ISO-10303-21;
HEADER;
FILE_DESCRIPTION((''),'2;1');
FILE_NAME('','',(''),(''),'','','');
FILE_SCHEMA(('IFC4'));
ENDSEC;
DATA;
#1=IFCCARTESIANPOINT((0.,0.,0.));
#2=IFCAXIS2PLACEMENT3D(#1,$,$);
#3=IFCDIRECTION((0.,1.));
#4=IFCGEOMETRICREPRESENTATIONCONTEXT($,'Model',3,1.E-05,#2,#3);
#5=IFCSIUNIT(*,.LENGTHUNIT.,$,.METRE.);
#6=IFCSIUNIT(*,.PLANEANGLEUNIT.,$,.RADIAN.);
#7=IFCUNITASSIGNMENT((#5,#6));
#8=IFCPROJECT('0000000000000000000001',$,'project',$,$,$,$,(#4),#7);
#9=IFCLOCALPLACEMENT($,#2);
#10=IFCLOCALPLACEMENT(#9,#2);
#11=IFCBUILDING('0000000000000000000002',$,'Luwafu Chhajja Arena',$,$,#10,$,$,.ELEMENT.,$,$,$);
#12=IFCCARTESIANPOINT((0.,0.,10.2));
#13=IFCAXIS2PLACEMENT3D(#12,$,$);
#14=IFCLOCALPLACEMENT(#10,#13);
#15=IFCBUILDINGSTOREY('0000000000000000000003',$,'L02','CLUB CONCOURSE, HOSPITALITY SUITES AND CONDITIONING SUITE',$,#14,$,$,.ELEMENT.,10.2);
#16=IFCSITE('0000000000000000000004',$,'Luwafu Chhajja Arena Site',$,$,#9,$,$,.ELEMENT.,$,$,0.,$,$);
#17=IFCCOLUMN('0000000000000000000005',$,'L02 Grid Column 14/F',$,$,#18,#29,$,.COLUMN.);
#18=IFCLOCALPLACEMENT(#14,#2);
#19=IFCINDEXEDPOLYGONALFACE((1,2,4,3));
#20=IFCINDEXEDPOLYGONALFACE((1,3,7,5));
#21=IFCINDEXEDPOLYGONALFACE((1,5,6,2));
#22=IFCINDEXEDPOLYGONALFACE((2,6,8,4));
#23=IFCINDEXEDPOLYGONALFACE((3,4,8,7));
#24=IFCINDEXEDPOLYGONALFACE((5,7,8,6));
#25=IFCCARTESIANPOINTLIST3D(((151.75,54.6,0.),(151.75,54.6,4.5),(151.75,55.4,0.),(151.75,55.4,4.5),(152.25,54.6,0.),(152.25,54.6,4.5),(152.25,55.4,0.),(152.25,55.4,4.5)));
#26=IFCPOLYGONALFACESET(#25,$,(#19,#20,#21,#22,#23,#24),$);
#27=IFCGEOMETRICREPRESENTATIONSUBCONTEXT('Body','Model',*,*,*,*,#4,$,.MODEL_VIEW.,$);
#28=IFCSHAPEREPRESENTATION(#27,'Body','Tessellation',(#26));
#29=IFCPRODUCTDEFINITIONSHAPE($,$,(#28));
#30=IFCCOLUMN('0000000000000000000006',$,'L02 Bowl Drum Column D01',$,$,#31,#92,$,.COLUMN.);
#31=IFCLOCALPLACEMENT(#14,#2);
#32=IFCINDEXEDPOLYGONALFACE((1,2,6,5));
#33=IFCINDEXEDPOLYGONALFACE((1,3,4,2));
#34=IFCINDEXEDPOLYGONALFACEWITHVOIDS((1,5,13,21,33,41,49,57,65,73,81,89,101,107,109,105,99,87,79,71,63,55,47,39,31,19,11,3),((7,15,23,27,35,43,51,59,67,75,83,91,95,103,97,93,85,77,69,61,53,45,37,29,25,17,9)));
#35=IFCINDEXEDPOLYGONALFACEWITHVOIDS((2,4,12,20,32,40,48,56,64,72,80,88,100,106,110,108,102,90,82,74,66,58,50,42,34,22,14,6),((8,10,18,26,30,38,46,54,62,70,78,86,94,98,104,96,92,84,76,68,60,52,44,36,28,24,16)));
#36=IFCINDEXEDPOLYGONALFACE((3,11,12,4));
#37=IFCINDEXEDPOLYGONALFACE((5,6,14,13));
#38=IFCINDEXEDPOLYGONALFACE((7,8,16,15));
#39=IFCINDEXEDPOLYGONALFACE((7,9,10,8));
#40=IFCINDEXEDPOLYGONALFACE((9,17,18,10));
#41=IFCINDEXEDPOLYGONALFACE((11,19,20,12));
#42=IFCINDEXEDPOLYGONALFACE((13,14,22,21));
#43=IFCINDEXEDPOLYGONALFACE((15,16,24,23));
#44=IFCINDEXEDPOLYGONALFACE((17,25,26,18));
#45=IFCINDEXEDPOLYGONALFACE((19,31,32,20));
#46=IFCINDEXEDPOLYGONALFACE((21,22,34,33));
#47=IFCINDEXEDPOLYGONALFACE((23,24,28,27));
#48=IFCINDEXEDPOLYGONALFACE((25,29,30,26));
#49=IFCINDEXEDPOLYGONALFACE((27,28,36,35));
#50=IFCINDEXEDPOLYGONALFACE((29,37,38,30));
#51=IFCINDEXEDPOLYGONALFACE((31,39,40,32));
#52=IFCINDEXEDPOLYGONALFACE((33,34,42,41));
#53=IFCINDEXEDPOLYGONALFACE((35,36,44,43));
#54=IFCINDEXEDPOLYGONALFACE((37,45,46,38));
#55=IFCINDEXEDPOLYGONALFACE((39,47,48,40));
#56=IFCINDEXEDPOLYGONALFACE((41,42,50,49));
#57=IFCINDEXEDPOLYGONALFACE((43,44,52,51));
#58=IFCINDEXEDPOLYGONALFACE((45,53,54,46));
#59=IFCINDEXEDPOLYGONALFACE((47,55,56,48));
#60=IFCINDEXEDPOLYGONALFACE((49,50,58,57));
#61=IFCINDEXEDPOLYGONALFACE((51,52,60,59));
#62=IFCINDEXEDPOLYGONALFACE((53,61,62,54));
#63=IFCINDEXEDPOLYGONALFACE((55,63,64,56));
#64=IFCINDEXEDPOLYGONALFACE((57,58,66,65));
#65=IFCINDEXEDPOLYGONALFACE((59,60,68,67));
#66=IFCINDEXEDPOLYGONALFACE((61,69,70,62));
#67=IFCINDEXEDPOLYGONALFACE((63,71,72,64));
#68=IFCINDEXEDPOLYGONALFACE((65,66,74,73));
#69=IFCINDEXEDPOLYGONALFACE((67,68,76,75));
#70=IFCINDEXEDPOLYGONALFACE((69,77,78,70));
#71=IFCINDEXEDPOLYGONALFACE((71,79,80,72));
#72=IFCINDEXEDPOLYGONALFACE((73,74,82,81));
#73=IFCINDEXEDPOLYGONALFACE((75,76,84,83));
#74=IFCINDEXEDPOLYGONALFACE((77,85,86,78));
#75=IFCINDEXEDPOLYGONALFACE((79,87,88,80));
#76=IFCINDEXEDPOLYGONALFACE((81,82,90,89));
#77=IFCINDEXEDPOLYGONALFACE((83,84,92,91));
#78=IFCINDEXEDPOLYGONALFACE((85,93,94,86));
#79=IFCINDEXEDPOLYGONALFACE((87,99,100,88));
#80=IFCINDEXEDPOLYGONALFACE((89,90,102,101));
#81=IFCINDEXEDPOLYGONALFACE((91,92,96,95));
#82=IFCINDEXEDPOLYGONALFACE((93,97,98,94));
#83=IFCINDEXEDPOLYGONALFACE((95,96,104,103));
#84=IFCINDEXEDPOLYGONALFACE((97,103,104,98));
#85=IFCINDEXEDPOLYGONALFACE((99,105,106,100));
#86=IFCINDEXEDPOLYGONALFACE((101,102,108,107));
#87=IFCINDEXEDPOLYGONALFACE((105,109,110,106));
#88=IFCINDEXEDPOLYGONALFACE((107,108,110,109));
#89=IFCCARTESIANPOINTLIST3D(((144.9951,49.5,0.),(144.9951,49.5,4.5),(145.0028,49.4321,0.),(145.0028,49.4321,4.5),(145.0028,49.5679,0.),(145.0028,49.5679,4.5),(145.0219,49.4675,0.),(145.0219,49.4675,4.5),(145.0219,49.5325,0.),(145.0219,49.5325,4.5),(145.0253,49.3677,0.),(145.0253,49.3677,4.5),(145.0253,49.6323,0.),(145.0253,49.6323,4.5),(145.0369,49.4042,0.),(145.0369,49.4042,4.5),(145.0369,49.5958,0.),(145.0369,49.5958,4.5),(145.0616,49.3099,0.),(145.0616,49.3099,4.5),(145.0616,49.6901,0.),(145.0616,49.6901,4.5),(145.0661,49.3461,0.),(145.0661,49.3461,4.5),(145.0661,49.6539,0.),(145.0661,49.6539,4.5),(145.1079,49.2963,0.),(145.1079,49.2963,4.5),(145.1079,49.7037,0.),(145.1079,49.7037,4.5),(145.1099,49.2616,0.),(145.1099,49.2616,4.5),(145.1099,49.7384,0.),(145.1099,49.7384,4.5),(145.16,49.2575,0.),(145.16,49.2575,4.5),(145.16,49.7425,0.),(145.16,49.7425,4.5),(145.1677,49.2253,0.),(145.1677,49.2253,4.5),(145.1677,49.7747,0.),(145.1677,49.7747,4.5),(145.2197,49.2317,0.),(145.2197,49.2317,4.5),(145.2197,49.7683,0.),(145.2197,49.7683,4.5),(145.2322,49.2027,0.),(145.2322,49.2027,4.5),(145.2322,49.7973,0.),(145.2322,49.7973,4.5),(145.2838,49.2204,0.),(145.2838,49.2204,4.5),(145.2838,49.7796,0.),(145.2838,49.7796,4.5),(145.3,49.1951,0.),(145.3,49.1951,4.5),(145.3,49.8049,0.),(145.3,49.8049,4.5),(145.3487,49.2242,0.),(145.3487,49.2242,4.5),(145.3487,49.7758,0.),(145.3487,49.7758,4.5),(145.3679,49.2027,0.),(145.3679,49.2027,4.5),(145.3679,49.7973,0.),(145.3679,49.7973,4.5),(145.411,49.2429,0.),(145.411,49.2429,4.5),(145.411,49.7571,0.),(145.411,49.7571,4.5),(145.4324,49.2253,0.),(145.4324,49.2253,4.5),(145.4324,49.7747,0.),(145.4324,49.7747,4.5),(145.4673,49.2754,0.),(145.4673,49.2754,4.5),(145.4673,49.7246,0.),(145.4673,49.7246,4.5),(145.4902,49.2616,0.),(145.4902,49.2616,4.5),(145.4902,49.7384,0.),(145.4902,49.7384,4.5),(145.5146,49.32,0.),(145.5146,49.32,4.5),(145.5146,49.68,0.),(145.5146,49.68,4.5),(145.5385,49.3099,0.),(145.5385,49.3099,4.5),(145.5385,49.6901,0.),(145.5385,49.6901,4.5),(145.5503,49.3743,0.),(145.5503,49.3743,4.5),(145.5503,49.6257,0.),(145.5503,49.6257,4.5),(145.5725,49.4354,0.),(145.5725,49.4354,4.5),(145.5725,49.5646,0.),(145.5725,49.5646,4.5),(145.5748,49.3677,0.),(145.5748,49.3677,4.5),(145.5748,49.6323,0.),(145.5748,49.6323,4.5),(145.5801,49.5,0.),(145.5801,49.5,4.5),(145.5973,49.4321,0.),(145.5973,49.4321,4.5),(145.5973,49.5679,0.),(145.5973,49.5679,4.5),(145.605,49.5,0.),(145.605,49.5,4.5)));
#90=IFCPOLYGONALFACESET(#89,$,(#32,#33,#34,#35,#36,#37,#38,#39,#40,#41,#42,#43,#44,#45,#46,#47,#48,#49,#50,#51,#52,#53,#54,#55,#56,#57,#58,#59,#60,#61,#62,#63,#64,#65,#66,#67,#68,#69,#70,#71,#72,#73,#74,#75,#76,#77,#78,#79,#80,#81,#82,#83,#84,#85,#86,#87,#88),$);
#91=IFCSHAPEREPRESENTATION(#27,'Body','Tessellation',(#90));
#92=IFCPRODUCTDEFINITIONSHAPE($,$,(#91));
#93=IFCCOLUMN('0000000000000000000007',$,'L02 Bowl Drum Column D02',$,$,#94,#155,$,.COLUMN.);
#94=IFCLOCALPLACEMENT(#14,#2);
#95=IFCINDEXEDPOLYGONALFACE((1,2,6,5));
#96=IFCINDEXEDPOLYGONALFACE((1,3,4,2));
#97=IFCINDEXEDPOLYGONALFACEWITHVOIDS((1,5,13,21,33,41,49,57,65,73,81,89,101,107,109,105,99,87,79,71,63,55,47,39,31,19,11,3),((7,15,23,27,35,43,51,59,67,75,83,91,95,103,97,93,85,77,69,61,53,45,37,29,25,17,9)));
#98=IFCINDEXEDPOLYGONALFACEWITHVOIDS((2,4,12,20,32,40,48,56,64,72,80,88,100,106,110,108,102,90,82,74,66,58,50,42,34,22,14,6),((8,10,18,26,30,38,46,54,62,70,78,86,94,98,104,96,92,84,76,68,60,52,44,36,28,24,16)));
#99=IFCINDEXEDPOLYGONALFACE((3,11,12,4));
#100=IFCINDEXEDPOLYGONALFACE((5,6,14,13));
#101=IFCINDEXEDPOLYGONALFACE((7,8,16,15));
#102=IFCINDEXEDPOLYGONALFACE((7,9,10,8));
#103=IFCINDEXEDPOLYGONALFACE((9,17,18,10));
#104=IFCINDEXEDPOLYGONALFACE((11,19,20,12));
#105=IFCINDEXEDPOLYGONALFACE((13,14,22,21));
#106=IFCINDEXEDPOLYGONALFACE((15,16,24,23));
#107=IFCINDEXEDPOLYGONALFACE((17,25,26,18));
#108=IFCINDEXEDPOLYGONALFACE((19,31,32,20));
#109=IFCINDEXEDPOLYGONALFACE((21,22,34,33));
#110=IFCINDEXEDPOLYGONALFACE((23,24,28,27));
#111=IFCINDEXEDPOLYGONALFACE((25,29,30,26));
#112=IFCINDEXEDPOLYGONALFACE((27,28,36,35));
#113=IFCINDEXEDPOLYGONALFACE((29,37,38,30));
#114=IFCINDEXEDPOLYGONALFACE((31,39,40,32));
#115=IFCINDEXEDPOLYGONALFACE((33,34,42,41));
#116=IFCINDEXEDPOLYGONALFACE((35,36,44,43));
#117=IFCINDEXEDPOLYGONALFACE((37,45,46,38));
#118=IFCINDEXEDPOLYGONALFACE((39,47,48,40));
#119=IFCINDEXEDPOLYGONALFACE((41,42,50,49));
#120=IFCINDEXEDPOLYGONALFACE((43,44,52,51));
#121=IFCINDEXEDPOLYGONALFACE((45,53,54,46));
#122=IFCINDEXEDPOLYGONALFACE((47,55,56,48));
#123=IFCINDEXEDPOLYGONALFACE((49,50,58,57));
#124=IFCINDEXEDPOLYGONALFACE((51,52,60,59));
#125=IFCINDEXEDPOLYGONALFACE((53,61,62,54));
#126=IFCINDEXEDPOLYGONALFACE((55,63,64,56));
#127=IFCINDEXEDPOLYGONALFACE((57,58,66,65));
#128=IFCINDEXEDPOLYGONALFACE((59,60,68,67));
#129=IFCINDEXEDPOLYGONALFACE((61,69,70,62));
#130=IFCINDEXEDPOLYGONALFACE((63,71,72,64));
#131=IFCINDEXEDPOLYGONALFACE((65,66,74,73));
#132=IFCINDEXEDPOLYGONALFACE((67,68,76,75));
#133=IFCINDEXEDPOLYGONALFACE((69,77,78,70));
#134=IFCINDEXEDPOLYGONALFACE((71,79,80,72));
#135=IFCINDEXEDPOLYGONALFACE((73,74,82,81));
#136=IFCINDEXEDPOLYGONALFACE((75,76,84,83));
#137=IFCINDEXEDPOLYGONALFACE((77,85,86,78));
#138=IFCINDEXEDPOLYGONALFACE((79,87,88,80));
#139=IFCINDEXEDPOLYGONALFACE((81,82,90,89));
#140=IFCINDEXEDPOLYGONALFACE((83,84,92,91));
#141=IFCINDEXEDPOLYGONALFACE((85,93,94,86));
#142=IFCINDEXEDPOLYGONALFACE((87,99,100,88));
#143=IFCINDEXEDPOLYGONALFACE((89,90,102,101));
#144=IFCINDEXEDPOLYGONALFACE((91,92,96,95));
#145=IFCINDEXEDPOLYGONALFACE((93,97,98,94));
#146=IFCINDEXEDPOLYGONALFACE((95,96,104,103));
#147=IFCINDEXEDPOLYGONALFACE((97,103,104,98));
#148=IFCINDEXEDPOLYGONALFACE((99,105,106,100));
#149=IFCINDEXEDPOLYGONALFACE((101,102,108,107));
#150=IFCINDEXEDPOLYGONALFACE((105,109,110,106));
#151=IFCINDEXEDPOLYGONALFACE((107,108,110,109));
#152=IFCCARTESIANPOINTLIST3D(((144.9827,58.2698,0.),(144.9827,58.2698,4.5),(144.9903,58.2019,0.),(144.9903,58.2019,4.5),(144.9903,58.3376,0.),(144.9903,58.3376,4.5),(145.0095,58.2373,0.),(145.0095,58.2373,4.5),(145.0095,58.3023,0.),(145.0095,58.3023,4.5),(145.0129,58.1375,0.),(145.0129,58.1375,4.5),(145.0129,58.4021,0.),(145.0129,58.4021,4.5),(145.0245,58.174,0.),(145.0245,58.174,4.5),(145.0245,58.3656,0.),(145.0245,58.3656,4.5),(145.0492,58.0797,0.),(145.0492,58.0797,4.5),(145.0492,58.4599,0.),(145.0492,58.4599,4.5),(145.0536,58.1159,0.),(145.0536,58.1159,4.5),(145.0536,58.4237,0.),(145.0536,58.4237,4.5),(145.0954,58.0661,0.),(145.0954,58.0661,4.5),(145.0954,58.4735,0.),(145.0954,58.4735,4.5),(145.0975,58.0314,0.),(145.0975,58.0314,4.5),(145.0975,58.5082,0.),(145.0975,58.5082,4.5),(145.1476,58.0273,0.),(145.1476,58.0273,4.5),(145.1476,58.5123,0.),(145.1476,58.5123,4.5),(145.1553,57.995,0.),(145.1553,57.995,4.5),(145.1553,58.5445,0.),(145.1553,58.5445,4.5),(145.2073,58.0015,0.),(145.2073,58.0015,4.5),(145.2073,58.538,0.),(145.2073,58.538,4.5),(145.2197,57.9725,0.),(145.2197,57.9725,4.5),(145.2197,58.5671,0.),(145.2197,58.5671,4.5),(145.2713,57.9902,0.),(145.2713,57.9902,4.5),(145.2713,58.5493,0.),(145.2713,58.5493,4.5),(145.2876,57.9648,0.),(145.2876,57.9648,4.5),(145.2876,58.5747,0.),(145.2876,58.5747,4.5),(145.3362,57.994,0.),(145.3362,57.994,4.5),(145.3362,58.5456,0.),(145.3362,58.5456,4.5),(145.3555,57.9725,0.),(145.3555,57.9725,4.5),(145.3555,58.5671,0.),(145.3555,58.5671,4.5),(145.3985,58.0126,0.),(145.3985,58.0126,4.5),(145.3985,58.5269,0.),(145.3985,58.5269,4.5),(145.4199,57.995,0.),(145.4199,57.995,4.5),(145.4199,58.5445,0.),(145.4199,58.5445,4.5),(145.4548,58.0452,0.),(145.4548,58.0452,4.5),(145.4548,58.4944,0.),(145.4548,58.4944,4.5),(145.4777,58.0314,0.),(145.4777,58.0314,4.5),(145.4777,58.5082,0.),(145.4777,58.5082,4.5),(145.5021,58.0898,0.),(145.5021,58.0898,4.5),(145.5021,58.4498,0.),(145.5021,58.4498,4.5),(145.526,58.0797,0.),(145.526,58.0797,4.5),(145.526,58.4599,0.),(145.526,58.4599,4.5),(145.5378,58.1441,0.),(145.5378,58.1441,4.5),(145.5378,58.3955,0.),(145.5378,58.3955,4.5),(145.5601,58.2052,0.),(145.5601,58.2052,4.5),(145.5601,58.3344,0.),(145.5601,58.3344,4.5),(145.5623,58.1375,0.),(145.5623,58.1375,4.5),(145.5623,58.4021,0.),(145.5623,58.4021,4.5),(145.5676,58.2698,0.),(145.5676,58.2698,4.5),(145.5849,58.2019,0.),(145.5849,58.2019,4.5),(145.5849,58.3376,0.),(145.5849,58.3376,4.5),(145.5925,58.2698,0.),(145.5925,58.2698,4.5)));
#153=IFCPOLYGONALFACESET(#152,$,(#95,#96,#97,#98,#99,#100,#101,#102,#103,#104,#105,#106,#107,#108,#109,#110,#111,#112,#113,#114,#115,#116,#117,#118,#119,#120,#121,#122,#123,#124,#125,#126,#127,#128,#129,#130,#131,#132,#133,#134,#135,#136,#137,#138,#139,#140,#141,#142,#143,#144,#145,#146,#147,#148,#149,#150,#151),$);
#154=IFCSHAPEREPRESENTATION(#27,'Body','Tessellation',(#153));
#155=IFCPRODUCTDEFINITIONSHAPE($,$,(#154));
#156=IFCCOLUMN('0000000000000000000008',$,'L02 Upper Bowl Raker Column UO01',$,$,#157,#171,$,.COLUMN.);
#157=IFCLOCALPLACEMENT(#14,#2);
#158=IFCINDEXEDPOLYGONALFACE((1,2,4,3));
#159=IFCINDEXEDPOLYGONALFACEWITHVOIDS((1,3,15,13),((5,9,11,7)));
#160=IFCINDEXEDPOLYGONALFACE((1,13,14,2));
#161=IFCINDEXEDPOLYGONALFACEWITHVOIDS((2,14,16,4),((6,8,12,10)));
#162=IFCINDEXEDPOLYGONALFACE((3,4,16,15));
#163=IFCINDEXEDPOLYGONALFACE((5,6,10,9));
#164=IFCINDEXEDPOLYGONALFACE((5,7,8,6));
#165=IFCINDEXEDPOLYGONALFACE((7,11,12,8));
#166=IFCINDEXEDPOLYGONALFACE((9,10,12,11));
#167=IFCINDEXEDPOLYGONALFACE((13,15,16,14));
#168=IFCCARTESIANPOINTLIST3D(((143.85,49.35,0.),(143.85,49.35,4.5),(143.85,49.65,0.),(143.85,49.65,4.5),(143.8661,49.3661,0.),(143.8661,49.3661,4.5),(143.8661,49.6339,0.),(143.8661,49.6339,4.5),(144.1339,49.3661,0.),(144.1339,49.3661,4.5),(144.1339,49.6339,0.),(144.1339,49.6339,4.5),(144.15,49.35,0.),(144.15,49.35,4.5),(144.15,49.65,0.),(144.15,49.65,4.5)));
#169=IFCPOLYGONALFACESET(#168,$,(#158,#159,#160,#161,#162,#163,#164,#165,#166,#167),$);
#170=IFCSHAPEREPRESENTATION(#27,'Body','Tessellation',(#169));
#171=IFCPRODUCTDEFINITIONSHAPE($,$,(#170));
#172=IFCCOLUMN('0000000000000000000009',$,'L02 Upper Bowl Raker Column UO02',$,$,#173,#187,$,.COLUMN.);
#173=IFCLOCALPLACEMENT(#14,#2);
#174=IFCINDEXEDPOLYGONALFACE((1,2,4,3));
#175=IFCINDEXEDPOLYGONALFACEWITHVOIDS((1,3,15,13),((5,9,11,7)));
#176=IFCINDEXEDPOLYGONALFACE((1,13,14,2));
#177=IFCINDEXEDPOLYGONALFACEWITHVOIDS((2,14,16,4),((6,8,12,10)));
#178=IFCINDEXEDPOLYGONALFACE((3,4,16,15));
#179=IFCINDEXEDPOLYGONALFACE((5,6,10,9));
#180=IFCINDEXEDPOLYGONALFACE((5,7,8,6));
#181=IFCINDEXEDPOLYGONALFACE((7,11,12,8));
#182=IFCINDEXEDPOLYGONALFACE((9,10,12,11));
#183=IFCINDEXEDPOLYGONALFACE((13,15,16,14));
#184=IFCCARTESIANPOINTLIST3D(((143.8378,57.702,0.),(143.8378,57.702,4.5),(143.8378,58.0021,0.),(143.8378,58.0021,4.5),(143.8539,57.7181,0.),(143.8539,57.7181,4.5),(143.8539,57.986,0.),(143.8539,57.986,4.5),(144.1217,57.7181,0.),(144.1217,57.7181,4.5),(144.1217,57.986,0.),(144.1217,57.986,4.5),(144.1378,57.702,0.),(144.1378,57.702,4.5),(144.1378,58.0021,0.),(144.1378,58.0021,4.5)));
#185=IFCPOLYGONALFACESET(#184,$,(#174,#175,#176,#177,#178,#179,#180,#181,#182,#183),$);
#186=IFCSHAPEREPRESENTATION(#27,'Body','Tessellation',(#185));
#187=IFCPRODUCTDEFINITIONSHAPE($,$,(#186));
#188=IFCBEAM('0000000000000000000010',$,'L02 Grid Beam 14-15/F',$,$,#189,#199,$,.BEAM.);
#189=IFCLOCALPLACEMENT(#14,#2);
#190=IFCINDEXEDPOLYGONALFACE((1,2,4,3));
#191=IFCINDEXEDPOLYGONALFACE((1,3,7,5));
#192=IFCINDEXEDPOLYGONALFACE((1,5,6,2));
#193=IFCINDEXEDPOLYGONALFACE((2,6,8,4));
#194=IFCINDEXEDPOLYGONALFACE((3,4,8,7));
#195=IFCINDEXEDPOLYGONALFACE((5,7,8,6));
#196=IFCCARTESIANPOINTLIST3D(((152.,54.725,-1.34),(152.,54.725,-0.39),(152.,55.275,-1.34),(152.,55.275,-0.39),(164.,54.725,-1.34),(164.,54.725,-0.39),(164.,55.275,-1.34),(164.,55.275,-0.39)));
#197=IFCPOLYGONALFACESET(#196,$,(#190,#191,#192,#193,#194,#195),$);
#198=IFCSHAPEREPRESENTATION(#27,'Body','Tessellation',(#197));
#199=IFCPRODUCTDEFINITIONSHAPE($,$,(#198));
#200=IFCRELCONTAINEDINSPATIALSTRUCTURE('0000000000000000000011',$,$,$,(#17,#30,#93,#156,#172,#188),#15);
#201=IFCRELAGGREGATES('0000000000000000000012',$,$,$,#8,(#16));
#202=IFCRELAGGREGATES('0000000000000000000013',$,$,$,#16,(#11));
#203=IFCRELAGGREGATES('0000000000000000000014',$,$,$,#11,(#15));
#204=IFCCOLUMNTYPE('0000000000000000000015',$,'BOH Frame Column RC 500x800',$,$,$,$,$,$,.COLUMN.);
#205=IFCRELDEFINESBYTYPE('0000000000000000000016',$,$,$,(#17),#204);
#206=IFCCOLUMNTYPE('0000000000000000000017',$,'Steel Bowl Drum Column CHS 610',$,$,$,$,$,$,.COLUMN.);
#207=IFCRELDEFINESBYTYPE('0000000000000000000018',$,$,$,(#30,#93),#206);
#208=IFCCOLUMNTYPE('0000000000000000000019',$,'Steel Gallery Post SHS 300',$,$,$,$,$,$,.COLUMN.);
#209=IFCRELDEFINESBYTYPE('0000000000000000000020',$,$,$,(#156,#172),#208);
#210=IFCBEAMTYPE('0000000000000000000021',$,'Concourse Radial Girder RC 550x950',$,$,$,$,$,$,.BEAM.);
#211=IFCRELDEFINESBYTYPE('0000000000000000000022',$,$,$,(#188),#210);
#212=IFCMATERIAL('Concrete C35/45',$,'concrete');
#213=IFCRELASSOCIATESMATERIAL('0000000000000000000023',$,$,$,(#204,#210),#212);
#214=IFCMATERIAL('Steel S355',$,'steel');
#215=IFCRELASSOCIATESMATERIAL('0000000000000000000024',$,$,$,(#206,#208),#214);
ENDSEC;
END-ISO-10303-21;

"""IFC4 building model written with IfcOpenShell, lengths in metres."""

from ifc_helpers import new_model, si_unit, direction, frame, origin, origin_2d, place, context, subcontext, project, spatial, rectangle, hollow_rectangle, hollow_circle, extrude, material, material_profile, profile_set, type_object, element, save


model = new_model("IFC4")

# Units and contexts
model_context = context("Model", 3, precision=1e-05, world=origin(), true_north=direction((0.0, 1.0)))
body_context = subcontext(model_context, "Body", "Model", "MODEL_VIEW")
ifc_project = project(units=[si_unit("LENGTHUNIT", "METRE"), si_unit("PLANEANGLEUNIT", "RADIAN")], contexts=[model_context])

# Site, building, storey
site_placement = place(None, origin())
site = spatial("IfcSite", under=ifc_project, at=site_placement, Name="Luwafu Chhajja Arena Site", CompositionType="ELEMENT", RefElevation=0.0)
building_placement = place(site_placement, origin())
building = spatial("IfcBuilding", under=site, at=building_placement, Name="Luwafu Chhajja Arena", CompositionType="ELEMENT")
storey_placement = place(building_placement, frame((0.0, 0.0, 10.2)))
storey = spatial("IfcBuildingStorey", under=building, at=storey_placement, Name="L02", Description="CLUB CONCOURSE, HOSPITALITY SUITES AND CONDITIONING SUITE", CompositionType="ELEMENT", Elevation=10.2)

# Columns
ifc_material_1 = material(Name="Concrete C35/45", Category="concrete")
ifc_material_profile_1 = material_profile(ifc_material_1, rectangle(XDim=0.5, YDim=0.8, at=origin_2d()), Name="RC 500x800")
ifc_profile_set_1 = profile_set([ifc_material_profile_1], Name="Concrete C35/45")
column_type_1 = type_object("IfcColumnType", Name="BOH Frame Column RC 500x800", PredefinedType="COLUMN", material=ifc_profile_set_1)
column_placement = place(storey_placement, frame((152.0, 55.0, 0.0), z_axis=(0.0, 0.0, 1.0), x_axis=(1.0, 0.0, 0.0)))
element("IfcColumn", 1, at=column_placement, inside=storey, type_object=column_type_1, Name="L02 Grid Column 14/F", PredefinedType="COLUMN", context=body_context, shape_type="SweptSolid", body=[
    extrude(rectangle(XDim=0.5, YDim=0.8, at=origin_2d()), origin(), (0.0, 0.0, 1.0), 4.5),
])
ifc_material_2 = material(Name="Steel S355", Category="steel")
ifc_material_profile_2 = material_profile(ifc_material_2, hollow_circle(Radius=0.3049, WallThickness=0.0249, at=origin_2d()), Name="CHS 610x25")
ifc_profile_set_2 = profile_set([ifc_material_profile_2], Name="Steel S355")
column_type_2 = type_object("IfcColumnType", Name="Steel Bowl Drum Column CHS 610", PredefinedType="COLUMN", material=ifc_profile_set_2)
for number, where, z_axis, x_axis, name in (
    (2, (145.3, 49.5, 0.0), (0.0, 0.0, 1.0), (1.0, 0.0, 0.0), "L02 Bowl Drum Column D01"),
    (3, (145.2876, 58.2698, 0.0), (0.0, 0.0, 1.0), (1.0, 0.0, 0.0), "L02 Bowl Drum Column D02"),
):
    element("IfcColumn", number, at=place(storey_placement, frame(where, z_axis=z_axis, x_axis=x_axis)), inside=storey, type_object=column_type_2, Name=name, PredefinedType="COLUMN", context=body_context, shape_type="SweptSolid", body=[
        extrude(hollow_circle(Radius=0.3049, WallThickness=0.0249, at=origin_2d()), origin(), (0.0, 0.0, 1.0), 4.5),
    ])
ifc_material_profile_3 = material_profile(ifc_material_2, hollow_rectangle(XDim=0.3, YDim=0.3, WallThickness=0.0161, at=origin_2d()), Name="SHS 300x300x16")
ifc_profile_set_3 = profile_set([ifc_material_profile_3], Name="Steel S355")
column_type_3 = type_object("IfcColumnType", Name="Steel Gallery Post SHS 300", PredefinedType="COLUMN", material=ifc_profile_set_3)
for number, where, z_axis, x_axis, name in (
    (4, (144.0, 49.5, 0.0), (0.0, 0.0, 1.0), (1.0, 0.0, 0.0), "L02 Upper Bowl Raker Column UO01"),
    (5, (143.9878, 57.8521, 0.0), (0.0, 0.0, 1.0), (1.0, 0.0, 0.0), "L02 Upper Bowl Raker Column UO02"),
):
    element("IfcColumn", number, at=place(storey_placement, frame(where, z_axis=z_axis, x_axis=x_axis)), inside=storey, type_object=column_type_3, Name=name, PredefinedType="COLUMN", context=body_context, shape_type="SweptSolid", body=[
        extrude(hollow_rectangle(XDim=0.3, YDim=0.3, WallThickness=0.0161, at=origin_2d()), origin(), (0.0, 0.0, 1.0), 4.5),
    ])

# Beam
ifc_material_profile_4 = material_profile(ifc_material_1, rectangle(XDim=0.55, YDim=0.95, at=origin_2d()), Name="RC 550x950")
ifc_profile_set_4 = profile_set([ifc_material_profile_4], Name="Concrete C35/45")
beam_type_1 = type_object("IfcBeamType", Name="Concourse Radial Girder RC 550x950", PredefinedType="BEAM", material=ifc_profile_set_4)
beam_1_placement = place(storey_placement, frame((152.0, 55.0, -0.865), z_axis=(1.0, 0.0, 0.0), x_axis=(0.0, 1.0, 0.0)))
element("IfcBeam", 6, at=beam_1_placement, inside=storey, type_object=beam_type_1, Name="L02 Grid Beam 14-15/F", PredefinedType="BEAM", context=body_context, shape_type="SweptSolid", body=[
    extrude(rectangle(XDim=0.55, YDim=0.95, at=origin_2d()), origin(), (0.0, 0.0, 1.0), 12.0),
])

save(model, "model.ifc")
